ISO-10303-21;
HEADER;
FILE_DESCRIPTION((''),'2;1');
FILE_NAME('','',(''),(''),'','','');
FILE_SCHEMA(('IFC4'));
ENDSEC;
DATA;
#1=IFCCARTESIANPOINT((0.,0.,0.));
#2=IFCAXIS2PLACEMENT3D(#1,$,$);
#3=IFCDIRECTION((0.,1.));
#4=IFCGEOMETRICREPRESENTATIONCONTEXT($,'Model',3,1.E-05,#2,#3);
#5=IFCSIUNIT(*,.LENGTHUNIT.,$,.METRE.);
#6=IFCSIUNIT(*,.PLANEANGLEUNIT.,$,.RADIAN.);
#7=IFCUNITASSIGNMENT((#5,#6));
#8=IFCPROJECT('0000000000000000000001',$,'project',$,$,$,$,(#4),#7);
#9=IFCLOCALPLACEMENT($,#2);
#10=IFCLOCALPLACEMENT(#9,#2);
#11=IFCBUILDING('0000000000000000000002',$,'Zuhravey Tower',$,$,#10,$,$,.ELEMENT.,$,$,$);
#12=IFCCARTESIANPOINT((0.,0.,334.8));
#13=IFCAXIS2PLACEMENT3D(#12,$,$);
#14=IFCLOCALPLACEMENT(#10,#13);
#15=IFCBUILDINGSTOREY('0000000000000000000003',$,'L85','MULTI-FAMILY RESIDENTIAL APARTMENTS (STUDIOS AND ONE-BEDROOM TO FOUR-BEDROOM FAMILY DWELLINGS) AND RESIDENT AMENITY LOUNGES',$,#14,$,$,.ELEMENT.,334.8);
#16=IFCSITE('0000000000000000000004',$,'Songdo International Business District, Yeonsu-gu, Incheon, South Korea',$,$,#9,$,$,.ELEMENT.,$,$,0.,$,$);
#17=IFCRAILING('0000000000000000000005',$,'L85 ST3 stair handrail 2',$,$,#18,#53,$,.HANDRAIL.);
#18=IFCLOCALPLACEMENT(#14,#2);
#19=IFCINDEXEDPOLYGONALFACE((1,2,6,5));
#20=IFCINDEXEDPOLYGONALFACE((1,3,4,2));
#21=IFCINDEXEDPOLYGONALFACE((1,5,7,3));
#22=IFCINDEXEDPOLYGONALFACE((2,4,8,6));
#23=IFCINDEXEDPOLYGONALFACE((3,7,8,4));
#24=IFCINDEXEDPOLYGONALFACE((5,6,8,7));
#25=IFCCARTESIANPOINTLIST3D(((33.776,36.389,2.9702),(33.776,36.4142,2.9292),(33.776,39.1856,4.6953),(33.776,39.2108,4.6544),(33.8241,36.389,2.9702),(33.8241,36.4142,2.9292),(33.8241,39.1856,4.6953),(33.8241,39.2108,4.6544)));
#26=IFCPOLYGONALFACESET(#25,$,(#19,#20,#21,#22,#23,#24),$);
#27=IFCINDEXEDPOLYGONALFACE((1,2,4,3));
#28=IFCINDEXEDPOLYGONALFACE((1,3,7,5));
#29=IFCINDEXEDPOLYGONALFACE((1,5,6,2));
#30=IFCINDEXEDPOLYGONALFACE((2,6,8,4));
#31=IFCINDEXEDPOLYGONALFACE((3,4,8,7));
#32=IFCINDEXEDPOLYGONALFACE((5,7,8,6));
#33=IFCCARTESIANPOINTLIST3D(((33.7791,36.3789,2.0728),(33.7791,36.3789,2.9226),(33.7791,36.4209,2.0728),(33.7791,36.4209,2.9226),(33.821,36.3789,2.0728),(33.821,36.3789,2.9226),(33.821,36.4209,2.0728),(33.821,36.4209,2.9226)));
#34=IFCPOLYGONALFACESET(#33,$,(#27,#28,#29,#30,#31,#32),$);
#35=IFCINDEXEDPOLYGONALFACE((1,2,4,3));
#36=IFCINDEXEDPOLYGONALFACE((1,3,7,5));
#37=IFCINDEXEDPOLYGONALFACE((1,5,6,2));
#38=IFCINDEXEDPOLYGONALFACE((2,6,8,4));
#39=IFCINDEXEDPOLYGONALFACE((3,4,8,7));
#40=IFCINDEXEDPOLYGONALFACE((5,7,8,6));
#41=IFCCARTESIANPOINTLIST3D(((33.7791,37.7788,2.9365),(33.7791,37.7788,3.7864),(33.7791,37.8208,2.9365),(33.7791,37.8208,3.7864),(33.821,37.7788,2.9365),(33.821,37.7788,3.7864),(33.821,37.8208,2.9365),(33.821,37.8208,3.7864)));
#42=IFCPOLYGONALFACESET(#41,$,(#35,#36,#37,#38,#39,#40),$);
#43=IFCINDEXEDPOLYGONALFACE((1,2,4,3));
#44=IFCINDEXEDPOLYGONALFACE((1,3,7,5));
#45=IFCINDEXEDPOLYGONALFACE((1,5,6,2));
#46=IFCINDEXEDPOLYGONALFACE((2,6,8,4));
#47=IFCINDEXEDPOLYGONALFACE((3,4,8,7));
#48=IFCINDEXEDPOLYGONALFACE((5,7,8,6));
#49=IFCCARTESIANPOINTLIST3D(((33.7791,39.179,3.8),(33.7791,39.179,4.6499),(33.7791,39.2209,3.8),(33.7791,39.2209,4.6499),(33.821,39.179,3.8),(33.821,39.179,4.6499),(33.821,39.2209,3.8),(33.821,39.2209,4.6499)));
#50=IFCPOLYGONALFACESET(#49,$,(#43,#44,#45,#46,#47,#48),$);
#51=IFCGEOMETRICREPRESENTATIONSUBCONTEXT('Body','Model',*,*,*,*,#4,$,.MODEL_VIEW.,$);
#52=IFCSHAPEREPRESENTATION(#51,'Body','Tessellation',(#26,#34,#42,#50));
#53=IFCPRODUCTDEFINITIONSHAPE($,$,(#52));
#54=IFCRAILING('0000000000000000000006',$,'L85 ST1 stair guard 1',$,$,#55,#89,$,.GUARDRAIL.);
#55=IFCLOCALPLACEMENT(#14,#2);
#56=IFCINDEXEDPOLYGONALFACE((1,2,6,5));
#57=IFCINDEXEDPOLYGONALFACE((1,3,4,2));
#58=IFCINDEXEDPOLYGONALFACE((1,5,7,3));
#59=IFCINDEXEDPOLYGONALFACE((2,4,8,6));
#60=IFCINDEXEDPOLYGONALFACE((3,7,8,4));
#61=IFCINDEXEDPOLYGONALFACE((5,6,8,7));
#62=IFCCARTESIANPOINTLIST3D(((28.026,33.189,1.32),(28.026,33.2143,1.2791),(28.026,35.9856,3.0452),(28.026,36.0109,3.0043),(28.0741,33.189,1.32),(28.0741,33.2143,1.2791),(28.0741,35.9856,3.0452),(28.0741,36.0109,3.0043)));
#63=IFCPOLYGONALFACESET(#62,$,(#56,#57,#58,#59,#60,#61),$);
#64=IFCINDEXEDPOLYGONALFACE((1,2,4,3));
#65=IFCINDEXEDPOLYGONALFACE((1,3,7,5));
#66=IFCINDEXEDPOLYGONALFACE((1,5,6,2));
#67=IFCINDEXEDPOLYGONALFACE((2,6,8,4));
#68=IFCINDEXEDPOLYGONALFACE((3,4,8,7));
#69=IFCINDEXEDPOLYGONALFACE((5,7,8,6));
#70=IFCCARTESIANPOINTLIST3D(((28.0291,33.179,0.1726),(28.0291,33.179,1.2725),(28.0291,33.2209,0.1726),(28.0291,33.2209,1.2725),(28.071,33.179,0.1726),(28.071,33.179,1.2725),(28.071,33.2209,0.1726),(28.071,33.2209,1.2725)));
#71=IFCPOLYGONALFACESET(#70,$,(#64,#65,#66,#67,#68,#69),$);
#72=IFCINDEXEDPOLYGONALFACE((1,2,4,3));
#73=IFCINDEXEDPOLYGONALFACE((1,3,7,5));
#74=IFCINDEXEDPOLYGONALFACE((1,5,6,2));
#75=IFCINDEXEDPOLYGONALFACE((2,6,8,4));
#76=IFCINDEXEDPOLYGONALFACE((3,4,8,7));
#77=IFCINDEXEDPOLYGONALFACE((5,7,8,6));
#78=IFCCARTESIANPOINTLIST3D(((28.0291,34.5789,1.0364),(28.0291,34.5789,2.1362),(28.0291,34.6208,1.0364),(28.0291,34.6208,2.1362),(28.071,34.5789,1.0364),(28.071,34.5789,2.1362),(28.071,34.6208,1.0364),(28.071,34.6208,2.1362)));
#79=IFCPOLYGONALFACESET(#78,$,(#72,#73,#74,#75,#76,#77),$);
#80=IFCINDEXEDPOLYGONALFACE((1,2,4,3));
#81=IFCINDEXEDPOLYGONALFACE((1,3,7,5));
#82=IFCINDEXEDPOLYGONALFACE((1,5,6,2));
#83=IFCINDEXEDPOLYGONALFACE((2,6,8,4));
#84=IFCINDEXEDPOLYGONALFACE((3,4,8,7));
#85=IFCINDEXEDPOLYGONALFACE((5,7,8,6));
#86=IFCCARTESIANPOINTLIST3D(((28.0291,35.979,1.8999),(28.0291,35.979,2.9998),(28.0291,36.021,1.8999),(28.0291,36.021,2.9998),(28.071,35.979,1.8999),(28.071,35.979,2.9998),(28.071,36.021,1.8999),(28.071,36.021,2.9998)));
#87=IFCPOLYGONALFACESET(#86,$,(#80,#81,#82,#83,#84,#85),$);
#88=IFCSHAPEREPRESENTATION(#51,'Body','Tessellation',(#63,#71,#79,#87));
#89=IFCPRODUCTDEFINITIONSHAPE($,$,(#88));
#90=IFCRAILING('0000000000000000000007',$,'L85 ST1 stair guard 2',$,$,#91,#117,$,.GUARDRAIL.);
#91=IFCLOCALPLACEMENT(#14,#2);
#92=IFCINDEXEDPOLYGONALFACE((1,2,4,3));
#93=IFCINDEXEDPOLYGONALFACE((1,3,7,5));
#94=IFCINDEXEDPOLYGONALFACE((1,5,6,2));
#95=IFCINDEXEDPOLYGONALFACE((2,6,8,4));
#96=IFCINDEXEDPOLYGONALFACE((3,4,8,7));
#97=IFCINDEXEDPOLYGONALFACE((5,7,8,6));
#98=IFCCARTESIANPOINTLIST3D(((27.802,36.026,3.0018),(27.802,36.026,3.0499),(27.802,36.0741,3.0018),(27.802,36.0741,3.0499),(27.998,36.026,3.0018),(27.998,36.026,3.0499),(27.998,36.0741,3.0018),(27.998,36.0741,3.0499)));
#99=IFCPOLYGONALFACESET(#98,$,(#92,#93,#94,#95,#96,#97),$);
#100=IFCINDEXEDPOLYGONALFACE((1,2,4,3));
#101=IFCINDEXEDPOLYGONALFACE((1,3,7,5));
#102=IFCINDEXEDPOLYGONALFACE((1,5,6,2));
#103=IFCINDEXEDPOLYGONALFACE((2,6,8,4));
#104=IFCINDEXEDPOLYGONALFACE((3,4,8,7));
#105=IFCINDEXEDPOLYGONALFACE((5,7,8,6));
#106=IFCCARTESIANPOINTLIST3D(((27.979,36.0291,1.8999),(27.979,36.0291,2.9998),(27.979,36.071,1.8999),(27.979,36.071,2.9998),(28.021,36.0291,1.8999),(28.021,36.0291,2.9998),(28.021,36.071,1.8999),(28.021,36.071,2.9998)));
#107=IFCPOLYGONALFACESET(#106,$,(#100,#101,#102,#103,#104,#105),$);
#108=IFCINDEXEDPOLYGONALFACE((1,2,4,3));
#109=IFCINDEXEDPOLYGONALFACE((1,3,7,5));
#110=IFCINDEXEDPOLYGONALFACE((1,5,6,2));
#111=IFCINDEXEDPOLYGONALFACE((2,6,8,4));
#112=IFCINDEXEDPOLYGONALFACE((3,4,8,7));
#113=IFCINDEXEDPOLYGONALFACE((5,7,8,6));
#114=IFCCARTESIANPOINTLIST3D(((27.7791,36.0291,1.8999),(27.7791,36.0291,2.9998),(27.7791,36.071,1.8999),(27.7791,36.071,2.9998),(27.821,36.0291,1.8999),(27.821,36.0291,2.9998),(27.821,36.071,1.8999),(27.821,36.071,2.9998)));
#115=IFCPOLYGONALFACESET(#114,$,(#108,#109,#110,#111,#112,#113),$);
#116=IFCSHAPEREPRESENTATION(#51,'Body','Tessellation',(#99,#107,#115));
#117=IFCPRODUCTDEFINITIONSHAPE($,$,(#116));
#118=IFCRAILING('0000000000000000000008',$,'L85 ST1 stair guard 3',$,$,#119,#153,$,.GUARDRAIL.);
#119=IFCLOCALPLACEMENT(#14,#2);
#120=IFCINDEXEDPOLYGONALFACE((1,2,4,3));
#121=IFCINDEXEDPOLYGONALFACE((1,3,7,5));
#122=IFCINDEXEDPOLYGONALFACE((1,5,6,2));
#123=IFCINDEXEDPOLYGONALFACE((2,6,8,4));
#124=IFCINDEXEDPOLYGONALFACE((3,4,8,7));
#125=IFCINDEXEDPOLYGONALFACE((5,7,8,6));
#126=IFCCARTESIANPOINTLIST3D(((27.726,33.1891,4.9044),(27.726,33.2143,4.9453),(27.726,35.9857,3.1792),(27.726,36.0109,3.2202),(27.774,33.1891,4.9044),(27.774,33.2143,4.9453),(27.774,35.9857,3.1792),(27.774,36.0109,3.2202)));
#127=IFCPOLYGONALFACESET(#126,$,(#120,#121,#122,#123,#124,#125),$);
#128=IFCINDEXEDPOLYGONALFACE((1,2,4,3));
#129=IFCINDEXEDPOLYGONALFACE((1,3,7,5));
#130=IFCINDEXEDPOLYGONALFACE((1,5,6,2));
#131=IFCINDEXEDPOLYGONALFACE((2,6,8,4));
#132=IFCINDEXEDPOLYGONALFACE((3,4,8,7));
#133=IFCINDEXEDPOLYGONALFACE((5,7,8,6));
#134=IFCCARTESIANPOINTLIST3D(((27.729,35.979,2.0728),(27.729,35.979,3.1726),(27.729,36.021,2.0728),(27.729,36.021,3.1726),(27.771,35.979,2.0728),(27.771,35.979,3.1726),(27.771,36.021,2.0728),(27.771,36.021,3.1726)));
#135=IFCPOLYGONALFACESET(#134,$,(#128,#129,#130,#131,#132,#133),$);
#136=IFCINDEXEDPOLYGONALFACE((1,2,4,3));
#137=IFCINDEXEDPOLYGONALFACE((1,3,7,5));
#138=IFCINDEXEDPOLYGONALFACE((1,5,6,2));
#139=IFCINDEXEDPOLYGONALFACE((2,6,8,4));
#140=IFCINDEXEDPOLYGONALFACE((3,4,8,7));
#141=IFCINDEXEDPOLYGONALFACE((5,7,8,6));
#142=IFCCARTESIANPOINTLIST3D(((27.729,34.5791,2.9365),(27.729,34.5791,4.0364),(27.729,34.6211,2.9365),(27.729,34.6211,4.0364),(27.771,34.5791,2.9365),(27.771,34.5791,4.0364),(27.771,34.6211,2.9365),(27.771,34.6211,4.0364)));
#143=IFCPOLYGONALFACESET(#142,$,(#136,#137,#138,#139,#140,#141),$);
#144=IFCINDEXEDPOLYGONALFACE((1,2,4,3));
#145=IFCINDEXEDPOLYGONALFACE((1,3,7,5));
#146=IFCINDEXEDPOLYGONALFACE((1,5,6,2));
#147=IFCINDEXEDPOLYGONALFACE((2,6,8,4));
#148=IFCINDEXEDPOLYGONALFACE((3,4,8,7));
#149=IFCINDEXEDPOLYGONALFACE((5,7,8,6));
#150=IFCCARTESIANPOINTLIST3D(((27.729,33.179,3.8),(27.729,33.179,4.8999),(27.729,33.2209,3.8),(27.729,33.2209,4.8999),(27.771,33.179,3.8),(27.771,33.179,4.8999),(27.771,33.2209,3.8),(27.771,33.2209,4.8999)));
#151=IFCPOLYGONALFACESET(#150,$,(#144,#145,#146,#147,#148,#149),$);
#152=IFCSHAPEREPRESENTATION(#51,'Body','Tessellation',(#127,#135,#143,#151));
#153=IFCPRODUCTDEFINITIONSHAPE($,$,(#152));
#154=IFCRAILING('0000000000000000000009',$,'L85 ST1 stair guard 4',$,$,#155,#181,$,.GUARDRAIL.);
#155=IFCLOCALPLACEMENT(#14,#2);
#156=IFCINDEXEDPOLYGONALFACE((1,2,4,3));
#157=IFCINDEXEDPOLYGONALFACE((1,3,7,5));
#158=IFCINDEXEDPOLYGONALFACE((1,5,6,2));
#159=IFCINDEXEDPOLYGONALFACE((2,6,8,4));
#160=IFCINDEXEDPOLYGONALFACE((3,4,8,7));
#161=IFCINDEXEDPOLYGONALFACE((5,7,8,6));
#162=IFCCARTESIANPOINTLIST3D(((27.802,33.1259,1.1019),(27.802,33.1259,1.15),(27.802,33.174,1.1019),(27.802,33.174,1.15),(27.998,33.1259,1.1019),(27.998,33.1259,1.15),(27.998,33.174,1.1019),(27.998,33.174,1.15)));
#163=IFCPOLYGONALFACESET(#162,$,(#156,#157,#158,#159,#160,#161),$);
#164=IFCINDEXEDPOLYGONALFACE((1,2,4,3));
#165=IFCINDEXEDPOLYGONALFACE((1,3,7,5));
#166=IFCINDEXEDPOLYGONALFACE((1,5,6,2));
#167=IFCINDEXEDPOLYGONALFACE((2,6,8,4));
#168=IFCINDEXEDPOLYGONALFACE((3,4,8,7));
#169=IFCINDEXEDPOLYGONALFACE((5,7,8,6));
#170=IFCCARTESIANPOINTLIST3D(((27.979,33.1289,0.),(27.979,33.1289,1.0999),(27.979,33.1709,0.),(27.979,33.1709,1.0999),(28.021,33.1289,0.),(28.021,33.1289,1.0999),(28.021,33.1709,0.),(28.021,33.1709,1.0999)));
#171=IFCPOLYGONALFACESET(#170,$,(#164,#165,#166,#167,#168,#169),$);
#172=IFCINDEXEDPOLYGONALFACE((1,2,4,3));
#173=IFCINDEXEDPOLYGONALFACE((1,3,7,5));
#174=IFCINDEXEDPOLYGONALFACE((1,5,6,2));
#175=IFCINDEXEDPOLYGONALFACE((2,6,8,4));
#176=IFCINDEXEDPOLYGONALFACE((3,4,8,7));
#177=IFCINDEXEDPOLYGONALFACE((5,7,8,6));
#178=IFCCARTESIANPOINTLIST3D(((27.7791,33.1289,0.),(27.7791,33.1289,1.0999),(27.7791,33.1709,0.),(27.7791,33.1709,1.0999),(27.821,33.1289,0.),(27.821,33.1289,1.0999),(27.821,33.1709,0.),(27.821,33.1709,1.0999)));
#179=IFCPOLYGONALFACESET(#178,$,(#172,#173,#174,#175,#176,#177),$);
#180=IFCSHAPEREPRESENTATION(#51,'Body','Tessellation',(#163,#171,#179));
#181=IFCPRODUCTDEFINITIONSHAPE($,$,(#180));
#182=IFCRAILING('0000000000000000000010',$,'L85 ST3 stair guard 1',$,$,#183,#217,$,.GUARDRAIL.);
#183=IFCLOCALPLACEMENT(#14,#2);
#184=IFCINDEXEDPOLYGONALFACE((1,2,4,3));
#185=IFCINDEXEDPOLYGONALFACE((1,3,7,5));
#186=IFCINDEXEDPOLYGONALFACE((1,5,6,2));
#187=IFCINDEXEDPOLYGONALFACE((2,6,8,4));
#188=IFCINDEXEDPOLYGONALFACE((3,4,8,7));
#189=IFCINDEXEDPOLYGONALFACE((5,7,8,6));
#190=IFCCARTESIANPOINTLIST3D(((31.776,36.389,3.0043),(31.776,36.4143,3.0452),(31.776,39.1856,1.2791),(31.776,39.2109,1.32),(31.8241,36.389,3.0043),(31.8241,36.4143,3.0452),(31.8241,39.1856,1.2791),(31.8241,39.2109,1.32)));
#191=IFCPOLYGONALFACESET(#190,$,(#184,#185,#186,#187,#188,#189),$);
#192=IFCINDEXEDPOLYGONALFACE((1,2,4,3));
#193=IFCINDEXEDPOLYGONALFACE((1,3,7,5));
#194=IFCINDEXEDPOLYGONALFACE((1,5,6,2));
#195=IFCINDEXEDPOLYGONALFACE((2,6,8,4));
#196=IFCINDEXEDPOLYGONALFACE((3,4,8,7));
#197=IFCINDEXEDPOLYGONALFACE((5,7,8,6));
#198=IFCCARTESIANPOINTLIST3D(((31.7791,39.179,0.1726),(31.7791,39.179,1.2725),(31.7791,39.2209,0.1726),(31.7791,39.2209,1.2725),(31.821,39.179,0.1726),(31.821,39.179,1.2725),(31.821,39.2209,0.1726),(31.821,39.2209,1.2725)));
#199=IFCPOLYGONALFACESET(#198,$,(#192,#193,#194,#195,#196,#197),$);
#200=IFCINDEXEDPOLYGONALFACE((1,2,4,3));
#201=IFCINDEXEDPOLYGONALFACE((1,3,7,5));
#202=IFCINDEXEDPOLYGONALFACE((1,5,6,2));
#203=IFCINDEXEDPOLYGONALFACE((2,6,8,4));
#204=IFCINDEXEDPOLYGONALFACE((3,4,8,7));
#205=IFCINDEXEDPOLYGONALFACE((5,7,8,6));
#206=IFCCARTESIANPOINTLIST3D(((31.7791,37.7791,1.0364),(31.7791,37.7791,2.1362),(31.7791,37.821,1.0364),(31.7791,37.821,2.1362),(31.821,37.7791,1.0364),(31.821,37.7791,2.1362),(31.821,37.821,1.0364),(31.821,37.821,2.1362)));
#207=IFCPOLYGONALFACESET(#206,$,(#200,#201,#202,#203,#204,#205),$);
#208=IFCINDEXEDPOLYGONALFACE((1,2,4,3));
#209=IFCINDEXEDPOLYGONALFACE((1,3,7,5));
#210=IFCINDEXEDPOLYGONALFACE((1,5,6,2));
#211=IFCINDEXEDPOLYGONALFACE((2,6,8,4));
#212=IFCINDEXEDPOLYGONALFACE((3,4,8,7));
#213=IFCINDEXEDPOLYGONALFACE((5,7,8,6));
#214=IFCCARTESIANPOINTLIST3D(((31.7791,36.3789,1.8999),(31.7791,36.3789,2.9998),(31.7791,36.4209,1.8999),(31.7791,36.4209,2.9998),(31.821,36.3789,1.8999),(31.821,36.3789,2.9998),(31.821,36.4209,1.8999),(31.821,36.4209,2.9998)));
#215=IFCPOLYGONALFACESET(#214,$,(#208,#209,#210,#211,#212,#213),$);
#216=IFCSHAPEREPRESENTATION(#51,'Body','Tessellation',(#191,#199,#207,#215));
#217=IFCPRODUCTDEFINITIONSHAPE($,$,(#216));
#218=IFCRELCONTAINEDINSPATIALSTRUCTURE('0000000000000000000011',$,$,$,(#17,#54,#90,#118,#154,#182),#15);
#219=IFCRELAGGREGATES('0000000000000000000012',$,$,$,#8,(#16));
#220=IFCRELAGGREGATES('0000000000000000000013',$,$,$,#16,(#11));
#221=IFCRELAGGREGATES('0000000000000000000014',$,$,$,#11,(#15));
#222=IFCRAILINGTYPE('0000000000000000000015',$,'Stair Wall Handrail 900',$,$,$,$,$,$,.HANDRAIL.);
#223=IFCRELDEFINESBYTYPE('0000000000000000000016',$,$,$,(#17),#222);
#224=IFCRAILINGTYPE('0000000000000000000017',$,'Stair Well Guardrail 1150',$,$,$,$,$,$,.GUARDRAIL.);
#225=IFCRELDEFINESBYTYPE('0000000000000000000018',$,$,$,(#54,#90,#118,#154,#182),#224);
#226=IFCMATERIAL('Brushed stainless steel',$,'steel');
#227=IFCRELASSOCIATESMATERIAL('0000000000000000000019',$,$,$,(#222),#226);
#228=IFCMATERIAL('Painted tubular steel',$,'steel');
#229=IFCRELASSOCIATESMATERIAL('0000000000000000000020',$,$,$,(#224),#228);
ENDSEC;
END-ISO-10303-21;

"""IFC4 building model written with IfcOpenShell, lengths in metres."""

from ifc_helpers import new_model, si_unit, direction, frame, origin, origin_2d, place, context, subcontext, project, spatial, rectangle, extrude, material, type_object, element, save


model = new_model("IFC4")

# Units and contexts
model_context = context("Model", 3, precision=1e-05, world=origin(), true_north=direction((0.0, 1.0)))
body_context = subcontext(model_context, "Body", "Model", "MODEL_VIEW")
ifc_project = project(units=[si_unit("LENGTHUNIT", "METRE"), si_unit("PLANEANGLEUNIT", "RADIAN")], contexts=[model_context])

# Site, building, storey
site_placement = place(None, origin())
site = spatial("IfcSite", under=ifc_project, at=site_placement, Name="Songdo International Business District, Yeonsu-gu, Incheon, South Korea", CompositionType="ELEMENT", RefElevation=0.0)
building_placement = place(site_placement, origin())
building = spatial("IfcBuilding", under=site, at=building_placement, Name="Zuhravey Tower", CompositionType="ELEMENT")
storey_placement = place(building_placement, frame((0.0, 0.0, 334.8)))
storey = spatial("IfcBuildingStorey", under=building, at=storey_placement, Name="L85", Description="MULTI-FAMILY RESIDENTIAL APARTMENTS (STUDIOS AND ONE-BEDROOM TO FOUR-BEDROOM FAMILY DWELLINGS) AND RESIDENT AMENITY LOUNGES", CompositionType="ELEMENT", Elevation=334.8)

# Railings
ifc_material_1 = material(Name="Brushed stainless steel", Category="steel")
railing_type_1 = type_object("IfcRailingType", Name="Stair Wall Handrail 900", PredefinedType="HANDRAIL", material=ifc_material_1)
railing_1_placement = place(storey_placement, frame((33.8, 36.3999, 2.0728)))
element("IfcRailing", 1, at=railing_1_placement, inside=storey, type_object=railing_type_1, Name="L85 ST3 stair handrail 2", PredefinedType="HANDRAIL", context=body_context, shape_type="SweptSolid", body=[
    extrude(rectangle(XDim=0.0481, YDim=0.0481, at=origin_2d()), frame((0.0, 0.0017, 0.877), z_axis=(0.0, 0.85109, 0.52502), x_axis=(-1.0, 0.0, 0.0)), (0.0, 0.0, 1.0), 3.2859),
    extrude(rectangle(XDim=0.042, YDim=0.042, at=origin_2d()), origin(), (0.0, 0.0, 1.0), 0.8499),
    extrude(rectangle(XDim=0.042, YDim=0.042, at=origin_2d()), frame((0.0, 1.3999, 0.8638)), (0.0, 0.0, 1.0), 0.8499),
    extrude(rectangle(XDim=0.042, YDim=0.042, at=origin_2d()), frame((0.0, 2.8, 1.7273)), (0.0, 0.0, 1.0), 0.8499),
])
ifc_material_2 = material(Name="Painted tubular steel", Category="steel")
railing_type_2 = type_object("IfcRailingType", Name="Stair Well Guardrail 1150", PredefinedType="GUARDRAIL", material=ifc_material_2)
railing_2_placement = place(storey_placement, frame((28.05, 33.2, 0.1726)))
element("IfcRailing", 2, at=railing_2_placement, inside=storey, type_object=railing_type_2, Name="L85 ST1 stair guard 1", PredefinedType="GUARDRAIL", context=body_context, shape_type="SweptSolid", body=[
    extrude(rectangle(XDim=0.0481, YDim=0.0481, at=origin_2d()), frame((0.0, 0.0017, 1.127), z_axis=(0.0, 0.85109, 0.52502), x_axis=(-1.0, 0.0, 0.0)), (0.0, 0.0, 1.0), 3.2859),
    extrude(rectangle(XDim=0.042, YDim=0.042, at=origin_2d()), origin(), (0.0, 0.0, 1.0), 1.0999),
    extrude(rectangle(XDim=0.042, YDim=0.042, at=origin_2d()), frame((0.0, 1.3999, 0.8638)), (0.0, 0.0, 1.0), 1.0999),
    extrude(rectangle(XDim=0.042, YDim=0.042, at=origin_2d()), frame((0.0, 2.8, 1.7273)), (0.0, 0.0, 1.0), 1.0999),
])
railing_3_placement = place(storey_placement, frame((28.0, 36.05, 1.8999)))
element("IfcRailing", 3, at=railing_3_placement, inside=storey, type_object=railing_type_2, Name="L85 ST1 stair guard 2", PredefinedType="GUARDRAIL", context=body_context, shape_type="SweptSolid", body=[
    extrude(rectangle(XDim=0.0481, YDim=0.0481, at=origin_2d()), frame((-0.002, 0.0, 1.126), z_axis=(-1.0, 0.0, 0.0), x_axis=(0.0, -1.0, 0.0)), (0.0, 0.0, 1.0), 0.196),
    extrude(rectangle(XDim=0.042, YDim=0.042, at=origin_2d()), origin(), (0.0, 0.0, 1.0), 1.0999),
    extrude(rectangle(XDim=0.042, YDim=0.042, at=origin_2d()), frame((-0.2, 0.0, 0.0)), (0.0, 0.0, 1.0), 1.0999),
])
railing_4_placement = place(storey_placement, frame((27.75, 36.0, 2.0728)))
element("IfcRailing", 4, at=railing_4_placement, inside=storey, type_object=railing_type_2, Name="L85 ST1 stair guard 3", PredefinedType="GUARDRAIL", context=body_context, shape_type="SweptSolid", body=[
    extrude(rectangle(XDim=0.0481, YDim=0.0481, at=origin_2d()), frame((0.0, -0.0017, 1.127), z_axis=(0.0, -0.85109, 0.52502), x_axis=(1.0, 0.0, 0.0)), (0.0, 0.0, 1.0), 3.2859),
    extrude(rectangle(XDim=0.042, YDim=0.042, at=origin_2d()), origin(), (0.0, 0.0, 1.0), 1.0999),
    extrude(rectangle(XDim=0.042, YDim=0.042, at=origin_2d()), frame((0.0, -1.3999, 0.8638)), (0.0, 0.0, 1.0), 1.0999),
    extrude(rectangle(XDim=0.042, YDim=0.042, at=origin_2d()), frame((0.0, -2.8, 1.7273)), (0.0, 0.0, 1.0), 1.0999),
])
railing_5_placement = place(storey_placement, frame((28.0, 33.1499, 0.0)))
element("IfcRailing", 5, at=railing_5_placement, inside=storey, type_object=railing_type_2, Name="L85 ST1 stair guard 4", PredefinedType="GUARDRAIL", context=body_context, shape_type="SweptSolid", body=[
    extrude(rectangle(XDim=0.0481, YDim=0.0481, at=origin_2d()), frame((-0.002, 0.0, 1.126), z_axis=(-1.0, 0.0, 0.0), x_axis=(0.0, -1.0, 0.0)), (0.0, 0.0, 1.0), 0.196),
    extrude(rectangle(XDim=0.042, YDim=0.042, at=origin_2d()), origin(), (0.0, 0.0, 1.0), 1.0999),
    extrude(rectangle(XDim=0.042, YDim=0.042, at=origin_2d()), frame((-0.2, 0.0, 0.0)), (0.0, 0.0, 1.0), 1.0999),
])
railing_6_placement = place(storey_placement, frame((31.8, 39.2, 0.1726)))
element("IfcRailing", 6, at=railing_6_placement, inside=storey, type_object=railing_type_2, Name="L85 ST3 stair guard 1", PredefinedType="GUARDRAIL", context=body_context, shape_type="SweptSolid", body=[
    extrude(rectangle(XDim=0.0481, YDim=0.0481, at=origin_2d()), frame((0.0, -0.0017, 1.127), z_axis=(0.0, -0.85109, 0.52502), x_axis=(1.0, 0.0, 0.0)), (0.0, 0.0, 1.0), 3.2859),
    extrude(rectangle(XDim=0.042, YDim=0.042, at=origin_2d()), origin(), (0.0, 0.0, 1.0), 1.0999),
    extrude(rectangle(XDim=0.042, YDim=0.042, at=origin_2d()), frame((0.0, -1.3999, 0.8638)), (0.0, 0.0, 1.0), 1.0999),
    extrude(rectangle(XDim=0.042, YDim=0.042, at=origin_2d()), frame((0.0, -2.8, 1.7273)), (0.0, 0.0, 1.0), 1.0999),
])

save(model, "model.ifc")
